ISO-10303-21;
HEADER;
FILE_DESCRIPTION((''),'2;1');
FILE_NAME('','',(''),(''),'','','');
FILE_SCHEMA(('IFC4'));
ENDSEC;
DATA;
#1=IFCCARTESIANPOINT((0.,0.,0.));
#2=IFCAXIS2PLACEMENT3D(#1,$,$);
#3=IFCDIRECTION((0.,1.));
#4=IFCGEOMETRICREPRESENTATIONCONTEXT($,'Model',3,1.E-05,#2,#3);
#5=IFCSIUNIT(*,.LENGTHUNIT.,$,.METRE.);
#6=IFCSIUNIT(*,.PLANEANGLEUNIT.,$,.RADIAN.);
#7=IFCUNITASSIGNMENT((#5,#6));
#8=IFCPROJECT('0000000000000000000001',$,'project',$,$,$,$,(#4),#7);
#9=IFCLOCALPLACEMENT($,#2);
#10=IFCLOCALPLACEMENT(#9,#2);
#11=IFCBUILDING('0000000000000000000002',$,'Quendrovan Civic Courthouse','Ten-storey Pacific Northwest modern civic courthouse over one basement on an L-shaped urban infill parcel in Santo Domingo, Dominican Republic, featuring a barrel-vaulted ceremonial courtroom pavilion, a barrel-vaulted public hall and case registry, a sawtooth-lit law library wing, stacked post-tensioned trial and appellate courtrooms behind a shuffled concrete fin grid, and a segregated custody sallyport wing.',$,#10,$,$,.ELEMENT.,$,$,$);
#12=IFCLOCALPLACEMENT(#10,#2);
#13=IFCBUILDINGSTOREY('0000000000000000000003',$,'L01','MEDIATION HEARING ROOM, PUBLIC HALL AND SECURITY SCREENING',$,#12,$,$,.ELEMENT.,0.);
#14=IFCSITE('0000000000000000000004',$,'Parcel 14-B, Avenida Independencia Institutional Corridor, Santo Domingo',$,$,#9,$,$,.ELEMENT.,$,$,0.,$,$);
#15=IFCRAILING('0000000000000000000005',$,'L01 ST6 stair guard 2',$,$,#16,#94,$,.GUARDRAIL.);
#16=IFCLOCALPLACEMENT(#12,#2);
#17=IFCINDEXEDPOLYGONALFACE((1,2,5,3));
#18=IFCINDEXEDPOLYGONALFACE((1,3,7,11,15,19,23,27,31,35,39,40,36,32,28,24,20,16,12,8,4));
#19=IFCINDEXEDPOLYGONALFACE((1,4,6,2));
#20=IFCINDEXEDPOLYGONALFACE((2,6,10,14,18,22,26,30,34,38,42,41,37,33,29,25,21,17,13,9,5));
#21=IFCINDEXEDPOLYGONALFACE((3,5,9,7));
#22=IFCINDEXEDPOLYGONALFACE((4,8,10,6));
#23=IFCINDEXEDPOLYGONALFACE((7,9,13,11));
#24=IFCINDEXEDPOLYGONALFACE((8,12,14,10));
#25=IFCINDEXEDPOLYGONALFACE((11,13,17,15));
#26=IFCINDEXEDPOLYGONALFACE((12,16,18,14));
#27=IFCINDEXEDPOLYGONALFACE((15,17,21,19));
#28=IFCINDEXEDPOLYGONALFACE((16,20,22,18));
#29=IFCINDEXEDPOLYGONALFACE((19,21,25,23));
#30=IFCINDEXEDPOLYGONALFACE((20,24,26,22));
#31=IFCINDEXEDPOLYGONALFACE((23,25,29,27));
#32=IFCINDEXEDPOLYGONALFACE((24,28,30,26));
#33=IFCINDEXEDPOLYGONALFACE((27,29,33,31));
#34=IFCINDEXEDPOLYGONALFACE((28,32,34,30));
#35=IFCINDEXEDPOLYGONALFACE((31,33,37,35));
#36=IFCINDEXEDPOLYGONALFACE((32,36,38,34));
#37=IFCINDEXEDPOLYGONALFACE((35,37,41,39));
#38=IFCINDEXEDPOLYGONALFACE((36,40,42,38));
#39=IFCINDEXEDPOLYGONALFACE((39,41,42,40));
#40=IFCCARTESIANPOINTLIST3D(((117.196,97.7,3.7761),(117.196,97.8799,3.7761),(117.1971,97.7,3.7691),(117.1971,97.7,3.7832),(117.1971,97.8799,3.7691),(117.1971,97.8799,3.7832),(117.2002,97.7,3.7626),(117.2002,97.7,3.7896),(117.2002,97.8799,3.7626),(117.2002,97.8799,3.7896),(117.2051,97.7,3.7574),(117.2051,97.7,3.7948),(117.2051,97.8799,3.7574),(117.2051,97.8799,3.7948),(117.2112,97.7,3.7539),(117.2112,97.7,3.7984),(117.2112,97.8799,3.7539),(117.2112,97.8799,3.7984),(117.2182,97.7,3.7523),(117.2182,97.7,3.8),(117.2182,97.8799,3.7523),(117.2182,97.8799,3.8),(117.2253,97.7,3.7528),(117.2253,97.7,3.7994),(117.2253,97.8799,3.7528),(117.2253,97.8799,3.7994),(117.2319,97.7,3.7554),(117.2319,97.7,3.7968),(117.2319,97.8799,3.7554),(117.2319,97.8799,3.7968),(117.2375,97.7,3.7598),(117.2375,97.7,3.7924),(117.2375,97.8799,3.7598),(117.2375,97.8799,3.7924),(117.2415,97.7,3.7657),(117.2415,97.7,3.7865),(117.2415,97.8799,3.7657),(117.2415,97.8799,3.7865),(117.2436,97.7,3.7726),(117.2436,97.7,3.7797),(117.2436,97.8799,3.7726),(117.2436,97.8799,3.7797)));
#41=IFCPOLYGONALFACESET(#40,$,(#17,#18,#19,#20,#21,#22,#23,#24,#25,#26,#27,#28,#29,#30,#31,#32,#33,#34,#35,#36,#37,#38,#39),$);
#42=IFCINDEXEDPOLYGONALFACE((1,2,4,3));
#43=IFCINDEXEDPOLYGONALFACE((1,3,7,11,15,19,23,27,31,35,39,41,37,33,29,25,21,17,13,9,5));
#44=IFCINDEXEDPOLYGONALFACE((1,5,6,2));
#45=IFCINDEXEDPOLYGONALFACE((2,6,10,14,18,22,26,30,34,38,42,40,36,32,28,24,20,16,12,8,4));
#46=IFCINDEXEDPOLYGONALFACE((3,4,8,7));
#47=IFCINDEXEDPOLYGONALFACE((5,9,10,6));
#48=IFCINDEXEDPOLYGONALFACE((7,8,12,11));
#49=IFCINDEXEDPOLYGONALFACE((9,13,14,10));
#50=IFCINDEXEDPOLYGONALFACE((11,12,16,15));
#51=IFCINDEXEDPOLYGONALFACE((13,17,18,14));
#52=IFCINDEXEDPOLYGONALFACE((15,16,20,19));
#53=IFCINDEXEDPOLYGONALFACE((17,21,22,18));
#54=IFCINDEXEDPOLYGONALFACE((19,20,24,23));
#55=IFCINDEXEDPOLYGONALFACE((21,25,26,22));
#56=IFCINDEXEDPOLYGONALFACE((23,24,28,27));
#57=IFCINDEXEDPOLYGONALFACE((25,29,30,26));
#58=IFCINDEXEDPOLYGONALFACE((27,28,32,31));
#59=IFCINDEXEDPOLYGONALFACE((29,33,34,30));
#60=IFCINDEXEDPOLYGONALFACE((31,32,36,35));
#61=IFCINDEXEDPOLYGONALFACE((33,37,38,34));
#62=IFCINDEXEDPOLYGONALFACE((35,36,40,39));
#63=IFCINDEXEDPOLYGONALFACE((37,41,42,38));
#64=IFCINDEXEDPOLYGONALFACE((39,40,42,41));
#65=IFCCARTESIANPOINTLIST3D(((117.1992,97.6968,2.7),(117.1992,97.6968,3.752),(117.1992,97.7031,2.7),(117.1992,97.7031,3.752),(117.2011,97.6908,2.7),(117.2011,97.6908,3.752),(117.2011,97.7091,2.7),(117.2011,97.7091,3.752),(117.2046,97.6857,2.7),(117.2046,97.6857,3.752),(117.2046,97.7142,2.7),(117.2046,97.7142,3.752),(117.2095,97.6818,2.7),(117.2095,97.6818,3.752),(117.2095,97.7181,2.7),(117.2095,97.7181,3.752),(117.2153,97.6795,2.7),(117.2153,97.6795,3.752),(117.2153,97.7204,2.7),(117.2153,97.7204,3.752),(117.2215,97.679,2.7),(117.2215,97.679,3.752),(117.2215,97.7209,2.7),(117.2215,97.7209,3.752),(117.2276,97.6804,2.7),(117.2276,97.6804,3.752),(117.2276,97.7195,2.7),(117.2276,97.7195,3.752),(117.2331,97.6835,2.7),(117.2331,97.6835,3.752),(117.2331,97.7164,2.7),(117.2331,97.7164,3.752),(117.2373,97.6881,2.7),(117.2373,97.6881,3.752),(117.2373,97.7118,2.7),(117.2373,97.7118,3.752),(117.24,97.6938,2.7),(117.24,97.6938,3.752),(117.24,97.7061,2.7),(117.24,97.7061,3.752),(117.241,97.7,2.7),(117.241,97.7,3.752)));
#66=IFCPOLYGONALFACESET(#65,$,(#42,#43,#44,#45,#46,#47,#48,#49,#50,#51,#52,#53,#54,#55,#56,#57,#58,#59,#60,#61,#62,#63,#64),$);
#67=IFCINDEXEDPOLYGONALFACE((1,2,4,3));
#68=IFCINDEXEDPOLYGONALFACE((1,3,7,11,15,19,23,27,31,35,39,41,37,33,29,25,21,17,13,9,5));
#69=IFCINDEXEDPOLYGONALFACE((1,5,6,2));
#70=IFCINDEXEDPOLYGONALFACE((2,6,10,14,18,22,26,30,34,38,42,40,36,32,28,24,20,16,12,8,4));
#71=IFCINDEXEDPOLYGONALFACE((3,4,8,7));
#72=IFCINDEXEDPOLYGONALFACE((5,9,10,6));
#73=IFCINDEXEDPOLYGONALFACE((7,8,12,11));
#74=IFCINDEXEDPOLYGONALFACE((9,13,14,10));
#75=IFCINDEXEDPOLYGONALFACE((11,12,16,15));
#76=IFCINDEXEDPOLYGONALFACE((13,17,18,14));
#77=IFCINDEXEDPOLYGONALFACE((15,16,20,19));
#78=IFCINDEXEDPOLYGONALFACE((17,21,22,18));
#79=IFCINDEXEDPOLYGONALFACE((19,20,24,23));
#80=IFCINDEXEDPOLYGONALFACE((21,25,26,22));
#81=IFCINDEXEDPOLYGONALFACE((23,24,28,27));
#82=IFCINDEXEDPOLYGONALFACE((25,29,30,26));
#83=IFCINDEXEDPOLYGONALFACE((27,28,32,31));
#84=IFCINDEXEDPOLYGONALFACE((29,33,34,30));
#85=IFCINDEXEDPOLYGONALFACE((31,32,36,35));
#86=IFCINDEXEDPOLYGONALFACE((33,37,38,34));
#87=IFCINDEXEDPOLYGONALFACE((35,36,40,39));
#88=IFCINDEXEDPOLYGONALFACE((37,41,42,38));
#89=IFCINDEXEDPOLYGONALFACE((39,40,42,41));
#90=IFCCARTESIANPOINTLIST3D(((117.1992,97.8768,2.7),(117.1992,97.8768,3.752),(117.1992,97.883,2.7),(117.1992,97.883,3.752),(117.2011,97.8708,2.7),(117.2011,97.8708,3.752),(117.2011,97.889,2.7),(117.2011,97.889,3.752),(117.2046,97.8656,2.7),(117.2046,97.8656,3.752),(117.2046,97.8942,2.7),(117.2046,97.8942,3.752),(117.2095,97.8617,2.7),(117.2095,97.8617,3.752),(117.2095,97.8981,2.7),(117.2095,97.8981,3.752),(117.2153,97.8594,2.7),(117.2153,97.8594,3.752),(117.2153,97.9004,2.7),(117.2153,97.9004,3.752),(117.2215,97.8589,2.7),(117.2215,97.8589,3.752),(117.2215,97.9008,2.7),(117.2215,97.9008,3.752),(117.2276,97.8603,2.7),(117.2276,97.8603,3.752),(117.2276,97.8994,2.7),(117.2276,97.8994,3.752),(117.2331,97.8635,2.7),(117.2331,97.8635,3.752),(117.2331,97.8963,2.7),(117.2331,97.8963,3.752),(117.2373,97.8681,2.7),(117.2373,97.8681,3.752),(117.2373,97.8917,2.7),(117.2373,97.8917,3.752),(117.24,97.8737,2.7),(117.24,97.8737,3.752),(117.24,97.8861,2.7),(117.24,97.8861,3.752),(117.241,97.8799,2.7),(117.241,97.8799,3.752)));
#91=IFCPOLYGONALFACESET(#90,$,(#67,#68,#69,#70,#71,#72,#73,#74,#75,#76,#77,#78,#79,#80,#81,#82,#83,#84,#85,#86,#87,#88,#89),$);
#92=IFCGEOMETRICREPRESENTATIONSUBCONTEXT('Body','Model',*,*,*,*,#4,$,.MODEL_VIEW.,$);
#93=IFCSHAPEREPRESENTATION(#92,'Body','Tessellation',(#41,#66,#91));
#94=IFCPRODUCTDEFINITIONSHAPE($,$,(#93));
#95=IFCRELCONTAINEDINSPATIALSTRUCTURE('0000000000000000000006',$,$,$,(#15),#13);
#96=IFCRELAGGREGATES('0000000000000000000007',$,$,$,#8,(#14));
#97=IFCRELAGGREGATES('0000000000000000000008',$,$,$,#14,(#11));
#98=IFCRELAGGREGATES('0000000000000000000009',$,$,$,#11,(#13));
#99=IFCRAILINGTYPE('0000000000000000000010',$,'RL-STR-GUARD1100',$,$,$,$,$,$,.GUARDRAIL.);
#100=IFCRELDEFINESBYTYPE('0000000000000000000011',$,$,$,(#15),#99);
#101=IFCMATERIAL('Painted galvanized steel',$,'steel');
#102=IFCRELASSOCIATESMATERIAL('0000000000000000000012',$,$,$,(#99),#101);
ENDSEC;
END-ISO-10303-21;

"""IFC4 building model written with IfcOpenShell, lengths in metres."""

from ifc_helpers import new_model, si_unit, direction, frame, origin, origin_2d, place, context, subcontext, project, spatial, circle, extrude, material, type_object, element, save


model = new_model("IFC4")

# Units and contexts
model_context = context("Model", 3, precision=1e-05, world=origin(), true_north=direction((0.0, 1.0)))
body_context = subcontext(model_context, "Body", "Model", "MODEL_VIEW")
ifc_project = project(units=[si_unit("LENGTHUNIT", "METRE"), si_unit("PLANEANGLEUNIT", "RADIAN")], contexts=[model_context])

# Site, building, storey
site_placement = place(None, origin())
site = spatial("IfcSite", under=ifc_project, at=site_placement, Name="Parcel 14-B, Avenida Independencia Institutional Corridor, Santo Domingo", CompositionType="ELEMENT", RefElevation=0.0)
building_placement = place(site_placement, origin())
building = spatial("IfcBuilding", under=site, at=building_placement, Name="Quendrovan Civic Courthouse", Description="Ten-storey Pacific Northwest modern civic courthouse over one basement on an L-shaped urban infill parcel in Santo Domingo, Dominican Republic, featuring a barrel-vaulted ceremonial courtroom pavilion, a barrel-vaulted public hall and case registry, a sawtooth-lit law library wing, stacked post-tensioned trial and appellate courtrooms behind a shuffled concrete fin grid, and a segregated custody sallyport wing.", CompositionType="ELEMENT")
storey_placement = place(building_placement, origin())
storey = spatial("IfcBuildingStorey", under=building, at=storey_placement, Name="L01", Description="MEDIATION HEARING ROOM, PUBLIC HALL AND SECURITY SCREENING", CompositionType="ELEMENT", Elevation=0.0)

# Railing
ifc_material_1 = material(Name="Painted galvanized steel", Category="steel")
railing_type_1 = type_object("IfcRailingType", Name="RL-STR-GUARD1100", PredefinedType="GUARDRAIL", material=ifc_material_1)
railing_1_placement = place(storey_placement, frame((117.22, 97.7, 2.7)))
element("IfcRailing", 1, at=railing_1_placement, inside=storey, type_object=railing_type_1, Name="L01 ST6 stair guard 2", PredefinedType="GUARDRAIL", context=body_context, shape_type="SweptSolid", body=[
    extrude(circle(Radius=0.0239, at=origin_2d()), frame((0.0, 0.0, 1.0762), z_axis=(0.0, 1.0, 0.0), x_axis=(-1.0, 0.0, 0.0)), (0.0, 0.0, 1.0), 0.1799),
    extrude(circle(Radius=0.021, at=origin_2d()), origin(), (0.0, 0.0, 1.0), 1.052),
    extrude(circle(Radius=0.021, at=origin_2d()), frame((0.0, 0.1799, 0.0)), (0.0, 0.0, 1.0), 1.052),
])

save(model, "model.ifc")
